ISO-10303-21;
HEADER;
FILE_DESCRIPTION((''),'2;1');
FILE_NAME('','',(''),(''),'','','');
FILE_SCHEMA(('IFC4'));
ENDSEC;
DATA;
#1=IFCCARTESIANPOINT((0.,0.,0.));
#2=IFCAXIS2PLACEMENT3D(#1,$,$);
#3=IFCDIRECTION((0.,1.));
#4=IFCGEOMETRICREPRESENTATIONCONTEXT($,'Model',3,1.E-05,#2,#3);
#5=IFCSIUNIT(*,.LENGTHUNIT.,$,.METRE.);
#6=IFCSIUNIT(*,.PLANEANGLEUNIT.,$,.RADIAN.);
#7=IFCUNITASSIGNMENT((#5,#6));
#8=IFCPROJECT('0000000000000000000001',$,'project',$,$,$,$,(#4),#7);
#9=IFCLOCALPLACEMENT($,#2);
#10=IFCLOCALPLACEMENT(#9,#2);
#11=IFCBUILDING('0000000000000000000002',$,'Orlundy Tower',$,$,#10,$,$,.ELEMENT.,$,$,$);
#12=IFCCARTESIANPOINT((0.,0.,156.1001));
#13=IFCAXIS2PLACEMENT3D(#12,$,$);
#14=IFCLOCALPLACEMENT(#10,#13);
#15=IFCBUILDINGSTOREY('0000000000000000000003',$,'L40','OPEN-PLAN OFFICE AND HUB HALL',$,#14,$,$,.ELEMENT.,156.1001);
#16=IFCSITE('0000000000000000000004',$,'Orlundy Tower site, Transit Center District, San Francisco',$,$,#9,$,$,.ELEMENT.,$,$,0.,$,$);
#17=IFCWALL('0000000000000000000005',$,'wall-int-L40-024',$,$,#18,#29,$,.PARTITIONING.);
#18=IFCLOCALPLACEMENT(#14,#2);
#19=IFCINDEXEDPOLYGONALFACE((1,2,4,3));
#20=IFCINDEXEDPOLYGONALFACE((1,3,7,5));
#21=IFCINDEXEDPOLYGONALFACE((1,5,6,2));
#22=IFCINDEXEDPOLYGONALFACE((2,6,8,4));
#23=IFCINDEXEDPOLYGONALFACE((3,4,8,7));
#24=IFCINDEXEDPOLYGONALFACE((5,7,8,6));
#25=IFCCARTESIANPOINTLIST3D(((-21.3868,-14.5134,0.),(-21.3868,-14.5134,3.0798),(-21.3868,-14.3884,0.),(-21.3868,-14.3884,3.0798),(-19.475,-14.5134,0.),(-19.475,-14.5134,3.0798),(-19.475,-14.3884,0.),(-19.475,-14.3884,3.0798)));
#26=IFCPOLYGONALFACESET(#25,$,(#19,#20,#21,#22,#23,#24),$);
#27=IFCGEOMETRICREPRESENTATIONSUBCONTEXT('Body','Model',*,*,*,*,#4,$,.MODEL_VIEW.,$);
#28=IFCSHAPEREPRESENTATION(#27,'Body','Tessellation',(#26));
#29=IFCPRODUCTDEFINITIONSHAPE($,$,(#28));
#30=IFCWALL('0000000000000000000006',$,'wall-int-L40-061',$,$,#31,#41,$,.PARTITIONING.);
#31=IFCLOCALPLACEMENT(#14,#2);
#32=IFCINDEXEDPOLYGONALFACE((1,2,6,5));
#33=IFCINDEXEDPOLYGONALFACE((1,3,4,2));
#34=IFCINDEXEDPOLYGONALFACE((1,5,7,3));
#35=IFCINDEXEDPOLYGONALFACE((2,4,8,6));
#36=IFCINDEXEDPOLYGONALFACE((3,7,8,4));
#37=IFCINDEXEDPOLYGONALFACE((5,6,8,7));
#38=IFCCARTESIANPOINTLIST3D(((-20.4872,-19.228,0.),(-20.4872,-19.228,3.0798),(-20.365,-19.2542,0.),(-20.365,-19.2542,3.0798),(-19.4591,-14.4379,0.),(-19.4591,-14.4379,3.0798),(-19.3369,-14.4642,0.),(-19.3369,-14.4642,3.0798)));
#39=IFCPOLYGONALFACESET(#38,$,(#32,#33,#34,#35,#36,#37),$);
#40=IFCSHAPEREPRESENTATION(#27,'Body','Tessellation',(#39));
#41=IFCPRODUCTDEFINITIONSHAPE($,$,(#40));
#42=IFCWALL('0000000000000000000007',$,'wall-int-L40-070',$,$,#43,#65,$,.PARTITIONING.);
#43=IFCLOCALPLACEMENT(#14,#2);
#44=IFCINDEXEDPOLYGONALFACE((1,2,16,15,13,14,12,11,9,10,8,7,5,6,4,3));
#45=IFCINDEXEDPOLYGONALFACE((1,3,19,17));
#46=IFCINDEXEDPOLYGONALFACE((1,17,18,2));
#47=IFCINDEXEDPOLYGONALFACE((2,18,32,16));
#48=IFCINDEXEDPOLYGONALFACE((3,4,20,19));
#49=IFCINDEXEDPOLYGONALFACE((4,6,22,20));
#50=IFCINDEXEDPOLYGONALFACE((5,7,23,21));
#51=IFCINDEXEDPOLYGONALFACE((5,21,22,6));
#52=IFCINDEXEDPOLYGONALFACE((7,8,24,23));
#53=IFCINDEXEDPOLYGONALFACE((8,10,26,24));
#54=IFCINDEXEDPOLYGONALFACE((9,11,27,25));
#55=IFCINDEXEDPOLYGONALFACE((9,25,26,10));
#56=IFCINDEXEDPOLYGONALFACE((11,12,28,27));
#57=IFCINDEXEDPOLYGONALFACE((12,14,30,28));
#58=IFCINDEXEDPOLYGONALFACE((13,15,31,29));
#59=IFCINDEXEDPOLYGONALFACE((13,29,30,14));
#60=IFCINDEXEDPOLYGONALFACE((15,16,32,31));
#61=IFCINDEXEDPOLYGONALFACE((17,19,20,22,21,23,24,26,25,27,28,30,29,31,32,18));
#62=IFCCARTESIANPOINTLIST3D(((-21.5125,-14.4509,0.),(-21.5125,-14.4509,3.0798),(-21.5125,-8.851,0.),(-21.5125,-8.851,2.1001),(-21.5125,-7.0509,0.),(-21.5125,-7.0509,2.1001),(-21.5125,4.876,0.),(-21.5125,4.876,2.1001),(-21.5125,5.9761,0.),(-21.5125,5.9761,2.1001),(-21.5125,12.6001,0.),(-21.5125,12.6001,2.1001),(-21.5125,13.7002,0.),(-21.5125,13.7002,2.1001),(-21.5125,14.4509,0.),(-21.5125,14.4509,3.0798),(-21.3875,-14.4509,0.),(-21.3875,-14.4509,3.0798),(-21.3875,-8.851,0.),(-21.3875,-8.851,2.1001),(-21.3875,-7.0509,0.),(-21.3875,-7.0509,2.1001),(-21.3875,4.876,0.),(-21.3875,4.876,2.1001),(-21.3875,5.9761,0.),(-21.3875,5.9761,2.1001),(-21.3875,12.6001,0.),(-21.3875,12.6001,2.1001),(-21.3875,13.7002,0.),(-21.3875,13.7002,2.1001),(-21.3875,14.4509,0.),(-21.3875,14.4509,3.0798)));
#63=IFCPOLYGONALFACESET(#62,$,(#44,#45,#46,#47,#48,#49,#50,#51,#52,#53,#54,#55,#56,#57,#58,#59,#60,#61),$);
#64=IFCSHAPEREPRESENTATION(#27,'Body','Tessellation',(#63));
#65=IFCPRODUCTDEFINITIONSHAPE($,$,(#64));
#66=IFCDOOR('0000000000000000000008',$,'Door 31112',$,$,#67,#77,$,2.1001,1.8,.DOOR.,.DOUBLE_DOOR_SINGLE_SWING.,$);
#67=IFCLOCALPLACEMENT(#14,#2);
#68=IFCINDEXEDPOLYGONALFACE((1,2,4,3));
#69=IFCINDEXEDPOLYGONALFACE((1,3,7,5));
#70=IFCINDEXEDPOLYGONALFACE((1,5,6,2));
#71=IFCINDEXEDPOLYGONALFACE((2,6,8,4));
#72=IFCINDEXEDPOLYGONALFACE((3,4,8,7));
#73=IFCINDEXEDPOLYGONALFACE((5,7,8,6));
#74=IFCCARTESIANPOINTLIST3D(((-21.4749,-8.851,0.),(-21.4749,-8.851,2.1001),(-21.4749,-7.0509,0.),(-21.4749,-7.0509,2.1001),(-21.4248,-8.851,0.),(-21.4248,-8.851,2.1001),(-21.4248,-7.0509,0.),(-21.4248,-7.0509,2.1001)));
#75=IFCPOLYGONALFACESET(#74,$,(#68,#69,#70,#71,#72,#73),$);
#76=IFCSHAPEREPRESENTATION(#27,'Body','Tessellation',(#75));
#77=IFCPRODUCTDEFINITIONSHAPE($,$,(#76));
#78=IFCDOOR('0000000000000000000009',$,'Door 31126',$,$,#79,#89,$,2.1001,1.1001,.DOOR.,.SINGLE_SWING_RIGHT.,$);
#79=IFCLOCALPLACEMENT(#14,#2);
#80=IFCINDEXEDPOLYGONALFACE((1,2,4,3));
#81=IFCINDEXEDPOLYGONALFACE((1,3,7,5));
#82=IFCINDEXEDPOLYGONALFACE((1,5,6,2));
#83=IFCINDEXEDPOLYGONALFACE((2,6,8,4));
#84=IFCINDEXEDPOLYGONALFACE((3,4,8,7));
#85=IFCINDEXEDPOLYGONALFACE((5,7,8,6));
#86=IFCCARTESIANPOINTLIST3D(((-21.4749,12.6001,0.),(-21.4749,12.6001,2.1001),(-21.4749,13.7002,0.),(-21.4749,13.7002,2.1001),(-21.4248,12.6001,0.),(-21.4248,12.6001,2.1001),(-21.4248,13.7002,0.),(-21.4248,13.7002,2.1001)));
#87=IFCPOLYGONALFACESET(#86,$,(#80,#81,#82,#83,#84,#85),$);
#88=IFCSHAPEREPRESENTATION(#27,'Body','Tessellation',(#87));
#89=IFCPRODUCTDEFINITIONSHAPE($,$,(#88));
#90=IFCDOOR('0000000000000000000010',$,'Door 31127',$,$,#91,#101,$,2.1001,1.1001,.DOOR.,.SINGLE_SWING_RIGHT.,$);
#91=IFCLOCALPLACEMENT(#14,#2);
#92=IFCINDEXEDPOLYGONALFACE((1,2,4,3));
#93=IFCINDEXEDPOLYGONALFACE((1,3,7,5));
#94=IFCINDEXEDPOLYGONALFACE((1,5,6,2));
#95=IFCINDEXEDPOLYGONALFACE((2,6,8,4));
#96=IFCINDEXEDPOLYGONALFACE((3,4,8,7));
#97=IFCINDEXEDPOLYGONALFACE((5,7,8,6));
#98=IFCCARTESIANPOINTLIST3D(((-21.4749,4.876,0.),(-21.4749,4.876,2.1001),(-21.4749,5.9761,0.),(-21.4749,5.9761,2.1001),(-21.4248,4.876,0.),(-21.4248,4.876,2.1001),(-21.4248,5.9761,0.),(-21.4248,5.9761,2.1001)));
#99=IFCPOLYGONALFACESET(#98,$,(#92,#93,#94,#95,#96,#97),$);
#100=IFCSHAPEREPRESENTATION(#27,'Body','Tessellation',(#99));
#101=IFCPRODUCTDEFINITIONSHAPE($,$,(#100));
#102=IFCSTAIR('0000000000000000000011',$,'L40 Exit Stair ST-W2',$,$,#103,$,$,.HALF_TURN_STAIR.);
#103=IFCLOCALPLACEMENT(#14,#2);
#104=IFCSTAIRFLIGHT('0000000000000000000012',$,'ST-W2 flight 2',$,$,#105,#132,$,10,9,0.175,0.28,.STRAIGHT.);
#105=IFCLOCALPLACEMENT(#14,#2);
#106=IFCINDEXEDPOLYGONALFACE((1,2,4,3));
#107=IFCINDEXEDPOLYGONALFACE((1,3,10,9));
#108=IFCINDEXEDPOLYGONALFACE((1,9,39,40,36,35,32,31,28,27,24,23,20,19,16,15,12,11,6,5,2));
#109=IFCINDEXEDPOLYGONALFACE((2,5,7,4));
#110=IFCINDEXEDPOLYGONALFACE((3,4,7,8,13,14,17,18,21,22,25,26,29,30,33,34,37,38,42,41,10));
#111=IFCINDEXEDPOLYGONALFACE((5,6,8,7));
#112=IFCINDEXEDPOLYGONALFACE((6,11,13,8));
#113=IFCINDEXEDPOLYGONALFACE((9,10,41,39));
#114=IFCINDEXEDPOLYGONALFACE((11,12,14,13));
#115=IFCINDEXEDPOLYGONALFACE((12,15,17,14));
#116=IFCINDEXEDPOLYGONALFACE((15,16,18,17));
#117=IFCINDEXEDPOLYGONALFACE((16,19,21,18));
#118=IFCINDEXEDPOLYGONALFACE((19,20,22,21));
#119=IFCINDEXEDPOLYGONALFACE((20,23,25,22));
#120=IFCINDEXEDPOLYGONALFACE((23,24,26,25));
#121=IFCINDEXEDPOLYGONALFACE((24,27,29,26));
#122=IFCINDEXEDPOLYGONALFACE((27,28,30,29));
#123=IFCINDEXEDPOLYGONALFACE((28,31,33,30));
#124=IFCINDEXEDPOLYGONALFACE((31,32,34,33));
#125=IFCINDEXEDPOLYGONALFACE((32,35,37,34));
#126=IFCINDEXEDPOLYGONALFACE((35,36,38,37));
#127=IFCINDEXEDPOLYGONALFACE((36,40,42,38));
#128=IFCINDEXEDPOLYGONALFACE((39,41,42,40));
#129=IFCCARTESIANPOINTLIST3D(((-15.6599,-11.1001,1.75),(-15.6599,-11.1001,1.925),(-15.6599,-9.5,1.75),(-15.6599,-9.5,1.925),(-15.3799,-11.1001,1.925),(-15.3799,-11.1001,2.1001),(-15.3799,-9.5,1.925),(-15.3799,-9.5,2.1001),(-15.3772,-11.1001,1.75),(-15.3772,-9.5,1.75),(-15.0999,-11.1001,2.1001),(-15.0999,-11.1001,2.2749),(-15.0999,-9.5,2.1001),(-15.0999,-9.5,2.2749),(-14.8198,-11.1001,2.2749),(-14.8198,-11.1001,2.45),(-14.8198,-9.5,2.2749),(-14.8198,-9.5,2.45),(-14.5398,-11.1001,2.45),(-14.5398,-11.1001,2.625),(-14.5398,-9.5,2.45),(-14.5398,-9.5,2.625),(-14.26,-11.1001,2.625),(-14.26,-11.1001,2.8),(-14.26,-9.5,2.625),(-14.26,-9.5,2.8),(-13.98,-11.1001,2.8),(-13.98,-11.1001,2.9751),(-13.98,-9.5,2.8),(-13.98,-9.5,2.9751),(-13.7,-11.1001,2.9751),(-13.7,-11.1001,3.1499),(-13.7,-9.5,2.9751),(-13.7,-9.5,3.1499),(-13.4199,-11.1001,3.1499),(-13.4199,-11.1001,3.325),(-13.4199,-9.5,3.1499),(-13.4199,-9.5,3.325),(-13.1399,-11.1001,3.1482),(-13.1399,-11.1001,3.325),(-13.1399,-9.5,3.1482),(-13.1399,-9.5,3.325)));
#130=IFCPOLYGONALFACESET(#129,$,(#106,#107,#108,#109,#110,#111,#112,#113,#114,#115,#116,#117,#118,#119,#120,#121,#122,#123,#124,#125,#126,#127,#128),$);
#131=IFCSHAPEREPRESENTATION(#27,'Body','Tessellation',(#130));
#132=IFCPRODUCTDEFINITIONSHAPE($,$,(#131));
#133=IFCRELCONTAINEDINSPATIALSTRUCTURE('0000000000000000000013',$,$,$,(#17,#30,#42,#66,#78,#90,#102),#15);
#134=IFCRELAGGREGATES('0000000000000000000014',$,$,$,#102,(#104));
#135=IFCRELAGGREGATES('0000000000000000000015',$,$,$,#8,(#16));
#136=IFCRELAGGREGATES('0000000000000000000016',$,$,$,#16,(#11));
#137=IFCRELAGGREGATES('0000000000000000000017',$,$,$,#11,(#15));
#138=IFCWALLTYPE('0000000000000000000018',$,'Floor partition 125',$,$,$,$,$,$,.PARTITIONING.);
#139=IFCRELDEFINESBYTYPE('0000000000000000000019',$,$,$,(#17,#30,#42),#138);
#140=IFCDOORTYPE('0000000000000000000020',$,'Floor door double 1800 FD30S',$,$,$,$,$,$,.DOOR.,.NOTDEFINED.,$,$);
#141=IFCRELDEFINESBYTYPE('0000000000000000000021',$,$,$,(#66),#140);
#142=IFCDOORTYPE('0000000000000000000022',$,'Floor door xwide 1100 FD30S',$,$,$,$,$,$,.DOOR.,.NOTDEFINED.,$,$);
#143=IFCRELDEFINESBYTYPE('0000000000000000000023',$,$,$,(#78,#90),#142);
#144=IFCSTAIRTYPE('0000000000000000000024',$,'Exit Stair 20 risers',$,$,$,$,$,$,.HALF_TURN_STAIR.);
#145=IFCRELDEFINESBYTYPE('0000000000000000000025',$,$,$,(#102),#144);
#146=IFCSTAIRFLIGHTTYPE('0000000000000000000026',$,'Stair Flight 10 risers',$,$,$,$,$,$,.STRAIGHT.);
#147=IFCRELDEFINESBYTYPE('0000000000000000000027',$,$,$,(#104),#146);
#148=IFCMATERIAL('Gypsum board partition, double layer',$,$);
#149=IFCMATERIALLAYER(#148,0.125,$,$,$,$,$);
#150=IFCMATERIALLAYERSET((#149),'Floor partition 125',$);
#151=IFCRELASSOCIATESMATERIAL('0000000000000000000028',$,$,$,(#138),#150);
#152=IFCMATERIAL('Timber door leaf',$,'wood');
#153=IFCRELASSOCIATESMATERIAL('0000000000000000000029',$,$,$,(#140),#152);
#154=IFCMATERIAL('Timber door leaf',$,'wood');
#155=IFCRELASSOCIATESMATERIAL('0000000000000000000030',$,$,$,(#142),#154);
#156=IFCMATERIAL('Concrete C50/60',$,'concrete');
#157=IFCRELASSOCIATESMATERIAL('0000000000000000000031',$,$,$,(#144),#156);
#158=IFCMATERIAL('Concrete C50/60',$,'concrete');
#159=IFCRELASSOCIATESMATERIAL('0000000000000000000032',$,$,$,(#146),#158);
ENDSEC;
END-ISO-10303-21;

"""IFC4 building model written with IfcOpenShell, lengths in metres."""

from ifc_helpers import new_model, si_unit, direction, frame, frame_2d, origin, place, context, subcontext, project, spatial, polyline, rectangle, outline, extrude, material, layer, layer_set, type_object, element, fill, aggregate, save


model = new_model("IFC4")

# Units and contexts
model_context = context("Model", 3, precision=1e-05, world=origin(), true_north=direction((0.0, 1.0)))
body_context = subcontext(model_context, "Body", "Model", "MODEL_VIEW")
ifc_project = project(units=[si_unit("LENGTHUNIT", "METRE"), si_unit("PLANEANGLEUNIT", "RADIAN")], contexts=[model_context])

# Site, building, storey
site_placement = place(None, origin())
site = spatial("IfcSite", under=ifc_project, at=site_placement, Name="Orlundy Tower site, Transit Center District, San Francisco", CompositionType="ELEMENT", RefElevation=0.0)
building_placement = place(site_placement, origin())
building = spatial("IfcBuilding", under=site, at=building_placement, Name="Orlundy Tower", CompositionType="ELEMENT")
storey_placement = place(building_placement, frame((0.0, 0.0, 156.1001)))
storey = spatial("IfcBuildingStorey", under=building, at=storey_placement, Name="L40", Description="OPEN-PLAN OFFICE AND HUB HALL", CompositionType="ELEMENT", Elevation=156.1001)

# Walls
ifc_material_1 = material(Name="Gypsum board partition, double layer")
ifc_layer_1 = layer(ifc_material_1, 0.125)
ifc_layer_set_1 = layer_set([ifc_layer_1], Name="Floor partition 125")
wall_type_1 = type_object("IfcWallType", Name="Floor partition 125", PredefinedType="PARTITIONING", material=ifc_layer_set_1)
wall_1_placement = place(storey_placement, frame((-21.387, -14.4509, 0.0), z_axis=(0.0, 0.0, 1.0), x_axis=(1.0, 0.0, 0.0)))
element("IfcWall", 1, at=wall_1_placement, inside=storey, type_object=wall_type_1, Name="wall-int-L40-024", PredefinedType="PARTITIONING", context=body_context, shape_type="SweptSolid", body=[
    extrude(rectangle(XDim=1.9119, YDim=0.125, at=frame_2d((0.9561, 0.0))), origin(), (0.0, 0.0, 1.0), 3.0798),
])
wall_2_placement = place(storey_placement, frame((-19.3979, -14.4509, 0.0), z_axis=(0.0, 0.0, 1.0), x_axis=(-0.209849, -0.977734, 0.0)))
element("IfcWall", 2, at=wall_2_placement, inside=storey, type_object=wall_type_1, Name="wall-int-L40-061", PredefinedType="PARTITIONING", context=body_context, shape_type="SweptSolid", body=[
    extrude(rectangle(XDim=4.8992, YDim=0.125, at=frame_2d((2.4497, 0.0))), origin(), (0.0, 0.0, 1.0), 3.0798),
])

# Wall, openings, doors
wall_3_placement = place(storey_placement, frame((-21.45, -14.4509, 0.0), z_axis=(0.0, 0.0, 1.0), x_axis=(0.0, 1.0, 0.0)))
wall_3 = element("IfcWall", 3, at=wall_3_placement, inside=storey, type_object=wall_type_1, Name="wall-int-L40-070", PredefinedType="PARTITIONING", context=body_context, shape_type="SweptSolid", body=[
    extrude(rectangle(XDim=28.9019, YDim=0.125, at=frame_2d((14.4509, 0.0))), origin(), (0.0, 0.0, 1.0), 3.0798),
])
opening_1_placement = place(wall_3_placement, frame((5.6001, 0.0, 0.0)))
opening_1 = element("IfcOpeningElement", 4, at=opening_1_placement, cuts=wall_3, PredefinedType="OPENING", context=body_context, shape_type="SweptSolid", body=[
    extrude(rectangle(XDim=1.8, YDim=2.1001, at=frame_2d((0.8999, 1.05))), frame((0.0, 0.0725, 0.0), z_axis=(0.0, -1.0, 0.0), x_axis=(1.0, 0.0, 0.0)), (0.0, 0.0, 1.0), 0.145),
])
opening_2_placement = place(wall_3_placement, frame((27.051, 0.0, 0.0)))
opening_2 = element("IfcOpeningElement", 5, at=opening_2_placement, cuts=wall_3, PredefinedType="OPENING", context=body_context, shape_type="SweptSolid", body=[
    extrude(rectangle(XDim=1.1001, YDim=2.1001, at=frame_2d((0.55, 1.05))), frame((0.0, 0.0725, 0.0), z_axis=(0.0, -1.0, 0.0), x_axis=(1.0, 0.0, 0.0)), (0.0, 0.0, 1.0), 0.145),
])
opening_3_placement = place(wall_3_placement, frame((19.3269, 0.0, 0.0)))
opening_3 = element("IfcOpeningElement", 6, at=opening_3_placement, cuts=wall_3, PredefinedType="OPENING", context=body_context, shape_type="SweptSolid", body=[
    extrude(rectangle(XDim=1.1001, YDim=2.1001, at=frame_2d((0.55, 1.05))), frame((0.0, 0.0725, 0.0), z_axis=(0.0, -1.0, 0.0), x_axis=(1.0, 0.0, 0.0)), (0.0, 0.0, 1.0), 0.145),
])
ifc_material_2 = material(Name="Timber door leaf", Category="wood")
door_type_1 = type_object("IfcDoorType", Name="Floor door double 1800 FD30S", OperationType="NOTDEFINED", PredefinedType="DOOR", material=ifc_material_2)
door_1_placement = place(opening_1_placement, origin())
door_1 = element("IfcDoor", 7, at=door_1_placement, inside=storey, type_object=door_type_1, Name="Door 31112", OperationType="DOUBLE_DOOR_SINGLE_SWING", OverallHeight=2.1001, OverallWidth=1.8, PredefinedType="DOOR", context=body_context, shape_type="SweptSolid", body=[
    extrude(rectangle(XDim=1.8, YDim=2.1001, at=frame_2d((0.8999, 1.05))), frame((0.0, 0.0249, 0.0), z_axis=(0.0, -1.0, 0.0), x_axis=(1.0, 0.0, 0.0)), (0.0, 0.0, 1.0), 0.05),
])
fill(opening_1, door_1)
ifc_material_3 = material(Name="Timber door leaf", Category="wood")
door_type_2 = type_object("IfcDoorType", Name="Floor door xwide 1100 FD30S", OperationType="NOTDEFINED", PredefinedType="DOOR", material=ifc_material_3)
door_2_placement = place(opening_2_placement, origin())
door_2 = element("IfcDoor", 8, at=door_2_placement, inside=storey, type_object=door_type_2, Name="Door 31126", OperationType="SINGLE_SWING_RIGHT", OverallHeight=2.1001, OverallWidth=1.1001, PredefinedType="DOOR", context=body_context, shape_type="SweptSolid", body=[
    extrude(rectangle(XDim=1.1001, YDim=2.1001, at=frame_2d((0.55, 1.05))), frame((0.0, 0.0249, 0.0), z_axis=(0.0, -1.0, 0.0), x_axis=(1.0, 0.0, 0.0)), (0.0, 0.0, 1.0), 0.05),
])
fill(opening_2, door_2)
door_3_placement = place(opening_3_placement, origin())
door_3 = element("IfcDoor", 9, at=door_3_placement, inside=storey, type_object=door_type_2, Name="Door 31127", OperationType="SINGLE_SWING_RIGHT", OverallHeight=2.1001, OverallWidth=1.1001, PredefinedType="DOOR", context=body_context, shape_type="SweptSolid", body=[
    extrude(rectangle(XDim=1.1001, YDim=2.1001, at=frame_2d((0.55, 1.05))), frame((0.0, 0.0249, 0.0), z_axis=(0.0, -1.0, 0.0), x_axis=(1.0, 0.0, 0.0)), (0.0, 0.0, 1.0), 0.05),
])
fill(opening_3, door_3)

# Stair, stair flight
ifc_material_4 = material(Name="Concrete C50/60", Category="concrete")
stair_type = type_object("IfcStairType", Name="Exit Stair 20 risers", PredefinedType="HALF_TURN_STAIR", material=ifc_material_4)
stair_placement = place(storey_placement, origin())
stair = element("IfcStair", 10, at=stair_placement, inside=storey, type_object=stair_type, Name="L40 Exit Stair ST-W2", PredefinedType="HALF_TURN_STAIR")
ifc_material_5 = material(Name="Concrete C50/60", Category="concrete")
stair_flight_type = type_object("IfcStairFlightType", Name="Stair Flight 10 risers", PredefinedType="STRAIGHT", material=ifc_material_5)
stair_flight_placement = place(storey_placement, frame((-15.6599, -10.3, 1.75), z_axis=(0.0, 0.0, 1.0), x_axis=(1.0, 0.0, 0.0)))
stair_flight = element("IfcStairFlight", 11, at=stair_flight_placement, type_object=stair_flight_type, Name="ST-W2 flight 2", NumberOfRisers=10, NumberOfTreads=9, PredefinedType="STRAIGHT", RiserHeight=0.175, TreadLength=0.28, context=body_context, shape_type="SweptSolid", body=[
    extrude(outline(polyline([(0.0, 0.0), (0.0, 0.175), (0.28, 0.175), (0.28, 0.3501), (0.5601, 0.3501), (0.5601, 0.5249), (0.8401, 0.5249), (0.8401, 0.7), (1.1201, 0.7), (1.1201, 0.875), (1.3999, 0.875), (1.3999, 1.05), (1.6799, 1.05), (1.6799, 1.2251), (1.96, 1.2251), (1.96, 1.3999), (2.24, 1.3999), (2.24, 1.575), (2.52, 1.575), (2.52, 1.75), (2.52, 1.3982), (0.2827, 0.0), (0.0, 0.0)])), frame((0.0, 0.8, 0.0), z_axis=(0.0, -1.0, 0.0), x_axis=(1.0, 0.0, 0.0)), (0.0, 0.0, 1.0), 1.6001),
])
aggregate(stair, [stair_flight])

save(model, "model.ifc")
